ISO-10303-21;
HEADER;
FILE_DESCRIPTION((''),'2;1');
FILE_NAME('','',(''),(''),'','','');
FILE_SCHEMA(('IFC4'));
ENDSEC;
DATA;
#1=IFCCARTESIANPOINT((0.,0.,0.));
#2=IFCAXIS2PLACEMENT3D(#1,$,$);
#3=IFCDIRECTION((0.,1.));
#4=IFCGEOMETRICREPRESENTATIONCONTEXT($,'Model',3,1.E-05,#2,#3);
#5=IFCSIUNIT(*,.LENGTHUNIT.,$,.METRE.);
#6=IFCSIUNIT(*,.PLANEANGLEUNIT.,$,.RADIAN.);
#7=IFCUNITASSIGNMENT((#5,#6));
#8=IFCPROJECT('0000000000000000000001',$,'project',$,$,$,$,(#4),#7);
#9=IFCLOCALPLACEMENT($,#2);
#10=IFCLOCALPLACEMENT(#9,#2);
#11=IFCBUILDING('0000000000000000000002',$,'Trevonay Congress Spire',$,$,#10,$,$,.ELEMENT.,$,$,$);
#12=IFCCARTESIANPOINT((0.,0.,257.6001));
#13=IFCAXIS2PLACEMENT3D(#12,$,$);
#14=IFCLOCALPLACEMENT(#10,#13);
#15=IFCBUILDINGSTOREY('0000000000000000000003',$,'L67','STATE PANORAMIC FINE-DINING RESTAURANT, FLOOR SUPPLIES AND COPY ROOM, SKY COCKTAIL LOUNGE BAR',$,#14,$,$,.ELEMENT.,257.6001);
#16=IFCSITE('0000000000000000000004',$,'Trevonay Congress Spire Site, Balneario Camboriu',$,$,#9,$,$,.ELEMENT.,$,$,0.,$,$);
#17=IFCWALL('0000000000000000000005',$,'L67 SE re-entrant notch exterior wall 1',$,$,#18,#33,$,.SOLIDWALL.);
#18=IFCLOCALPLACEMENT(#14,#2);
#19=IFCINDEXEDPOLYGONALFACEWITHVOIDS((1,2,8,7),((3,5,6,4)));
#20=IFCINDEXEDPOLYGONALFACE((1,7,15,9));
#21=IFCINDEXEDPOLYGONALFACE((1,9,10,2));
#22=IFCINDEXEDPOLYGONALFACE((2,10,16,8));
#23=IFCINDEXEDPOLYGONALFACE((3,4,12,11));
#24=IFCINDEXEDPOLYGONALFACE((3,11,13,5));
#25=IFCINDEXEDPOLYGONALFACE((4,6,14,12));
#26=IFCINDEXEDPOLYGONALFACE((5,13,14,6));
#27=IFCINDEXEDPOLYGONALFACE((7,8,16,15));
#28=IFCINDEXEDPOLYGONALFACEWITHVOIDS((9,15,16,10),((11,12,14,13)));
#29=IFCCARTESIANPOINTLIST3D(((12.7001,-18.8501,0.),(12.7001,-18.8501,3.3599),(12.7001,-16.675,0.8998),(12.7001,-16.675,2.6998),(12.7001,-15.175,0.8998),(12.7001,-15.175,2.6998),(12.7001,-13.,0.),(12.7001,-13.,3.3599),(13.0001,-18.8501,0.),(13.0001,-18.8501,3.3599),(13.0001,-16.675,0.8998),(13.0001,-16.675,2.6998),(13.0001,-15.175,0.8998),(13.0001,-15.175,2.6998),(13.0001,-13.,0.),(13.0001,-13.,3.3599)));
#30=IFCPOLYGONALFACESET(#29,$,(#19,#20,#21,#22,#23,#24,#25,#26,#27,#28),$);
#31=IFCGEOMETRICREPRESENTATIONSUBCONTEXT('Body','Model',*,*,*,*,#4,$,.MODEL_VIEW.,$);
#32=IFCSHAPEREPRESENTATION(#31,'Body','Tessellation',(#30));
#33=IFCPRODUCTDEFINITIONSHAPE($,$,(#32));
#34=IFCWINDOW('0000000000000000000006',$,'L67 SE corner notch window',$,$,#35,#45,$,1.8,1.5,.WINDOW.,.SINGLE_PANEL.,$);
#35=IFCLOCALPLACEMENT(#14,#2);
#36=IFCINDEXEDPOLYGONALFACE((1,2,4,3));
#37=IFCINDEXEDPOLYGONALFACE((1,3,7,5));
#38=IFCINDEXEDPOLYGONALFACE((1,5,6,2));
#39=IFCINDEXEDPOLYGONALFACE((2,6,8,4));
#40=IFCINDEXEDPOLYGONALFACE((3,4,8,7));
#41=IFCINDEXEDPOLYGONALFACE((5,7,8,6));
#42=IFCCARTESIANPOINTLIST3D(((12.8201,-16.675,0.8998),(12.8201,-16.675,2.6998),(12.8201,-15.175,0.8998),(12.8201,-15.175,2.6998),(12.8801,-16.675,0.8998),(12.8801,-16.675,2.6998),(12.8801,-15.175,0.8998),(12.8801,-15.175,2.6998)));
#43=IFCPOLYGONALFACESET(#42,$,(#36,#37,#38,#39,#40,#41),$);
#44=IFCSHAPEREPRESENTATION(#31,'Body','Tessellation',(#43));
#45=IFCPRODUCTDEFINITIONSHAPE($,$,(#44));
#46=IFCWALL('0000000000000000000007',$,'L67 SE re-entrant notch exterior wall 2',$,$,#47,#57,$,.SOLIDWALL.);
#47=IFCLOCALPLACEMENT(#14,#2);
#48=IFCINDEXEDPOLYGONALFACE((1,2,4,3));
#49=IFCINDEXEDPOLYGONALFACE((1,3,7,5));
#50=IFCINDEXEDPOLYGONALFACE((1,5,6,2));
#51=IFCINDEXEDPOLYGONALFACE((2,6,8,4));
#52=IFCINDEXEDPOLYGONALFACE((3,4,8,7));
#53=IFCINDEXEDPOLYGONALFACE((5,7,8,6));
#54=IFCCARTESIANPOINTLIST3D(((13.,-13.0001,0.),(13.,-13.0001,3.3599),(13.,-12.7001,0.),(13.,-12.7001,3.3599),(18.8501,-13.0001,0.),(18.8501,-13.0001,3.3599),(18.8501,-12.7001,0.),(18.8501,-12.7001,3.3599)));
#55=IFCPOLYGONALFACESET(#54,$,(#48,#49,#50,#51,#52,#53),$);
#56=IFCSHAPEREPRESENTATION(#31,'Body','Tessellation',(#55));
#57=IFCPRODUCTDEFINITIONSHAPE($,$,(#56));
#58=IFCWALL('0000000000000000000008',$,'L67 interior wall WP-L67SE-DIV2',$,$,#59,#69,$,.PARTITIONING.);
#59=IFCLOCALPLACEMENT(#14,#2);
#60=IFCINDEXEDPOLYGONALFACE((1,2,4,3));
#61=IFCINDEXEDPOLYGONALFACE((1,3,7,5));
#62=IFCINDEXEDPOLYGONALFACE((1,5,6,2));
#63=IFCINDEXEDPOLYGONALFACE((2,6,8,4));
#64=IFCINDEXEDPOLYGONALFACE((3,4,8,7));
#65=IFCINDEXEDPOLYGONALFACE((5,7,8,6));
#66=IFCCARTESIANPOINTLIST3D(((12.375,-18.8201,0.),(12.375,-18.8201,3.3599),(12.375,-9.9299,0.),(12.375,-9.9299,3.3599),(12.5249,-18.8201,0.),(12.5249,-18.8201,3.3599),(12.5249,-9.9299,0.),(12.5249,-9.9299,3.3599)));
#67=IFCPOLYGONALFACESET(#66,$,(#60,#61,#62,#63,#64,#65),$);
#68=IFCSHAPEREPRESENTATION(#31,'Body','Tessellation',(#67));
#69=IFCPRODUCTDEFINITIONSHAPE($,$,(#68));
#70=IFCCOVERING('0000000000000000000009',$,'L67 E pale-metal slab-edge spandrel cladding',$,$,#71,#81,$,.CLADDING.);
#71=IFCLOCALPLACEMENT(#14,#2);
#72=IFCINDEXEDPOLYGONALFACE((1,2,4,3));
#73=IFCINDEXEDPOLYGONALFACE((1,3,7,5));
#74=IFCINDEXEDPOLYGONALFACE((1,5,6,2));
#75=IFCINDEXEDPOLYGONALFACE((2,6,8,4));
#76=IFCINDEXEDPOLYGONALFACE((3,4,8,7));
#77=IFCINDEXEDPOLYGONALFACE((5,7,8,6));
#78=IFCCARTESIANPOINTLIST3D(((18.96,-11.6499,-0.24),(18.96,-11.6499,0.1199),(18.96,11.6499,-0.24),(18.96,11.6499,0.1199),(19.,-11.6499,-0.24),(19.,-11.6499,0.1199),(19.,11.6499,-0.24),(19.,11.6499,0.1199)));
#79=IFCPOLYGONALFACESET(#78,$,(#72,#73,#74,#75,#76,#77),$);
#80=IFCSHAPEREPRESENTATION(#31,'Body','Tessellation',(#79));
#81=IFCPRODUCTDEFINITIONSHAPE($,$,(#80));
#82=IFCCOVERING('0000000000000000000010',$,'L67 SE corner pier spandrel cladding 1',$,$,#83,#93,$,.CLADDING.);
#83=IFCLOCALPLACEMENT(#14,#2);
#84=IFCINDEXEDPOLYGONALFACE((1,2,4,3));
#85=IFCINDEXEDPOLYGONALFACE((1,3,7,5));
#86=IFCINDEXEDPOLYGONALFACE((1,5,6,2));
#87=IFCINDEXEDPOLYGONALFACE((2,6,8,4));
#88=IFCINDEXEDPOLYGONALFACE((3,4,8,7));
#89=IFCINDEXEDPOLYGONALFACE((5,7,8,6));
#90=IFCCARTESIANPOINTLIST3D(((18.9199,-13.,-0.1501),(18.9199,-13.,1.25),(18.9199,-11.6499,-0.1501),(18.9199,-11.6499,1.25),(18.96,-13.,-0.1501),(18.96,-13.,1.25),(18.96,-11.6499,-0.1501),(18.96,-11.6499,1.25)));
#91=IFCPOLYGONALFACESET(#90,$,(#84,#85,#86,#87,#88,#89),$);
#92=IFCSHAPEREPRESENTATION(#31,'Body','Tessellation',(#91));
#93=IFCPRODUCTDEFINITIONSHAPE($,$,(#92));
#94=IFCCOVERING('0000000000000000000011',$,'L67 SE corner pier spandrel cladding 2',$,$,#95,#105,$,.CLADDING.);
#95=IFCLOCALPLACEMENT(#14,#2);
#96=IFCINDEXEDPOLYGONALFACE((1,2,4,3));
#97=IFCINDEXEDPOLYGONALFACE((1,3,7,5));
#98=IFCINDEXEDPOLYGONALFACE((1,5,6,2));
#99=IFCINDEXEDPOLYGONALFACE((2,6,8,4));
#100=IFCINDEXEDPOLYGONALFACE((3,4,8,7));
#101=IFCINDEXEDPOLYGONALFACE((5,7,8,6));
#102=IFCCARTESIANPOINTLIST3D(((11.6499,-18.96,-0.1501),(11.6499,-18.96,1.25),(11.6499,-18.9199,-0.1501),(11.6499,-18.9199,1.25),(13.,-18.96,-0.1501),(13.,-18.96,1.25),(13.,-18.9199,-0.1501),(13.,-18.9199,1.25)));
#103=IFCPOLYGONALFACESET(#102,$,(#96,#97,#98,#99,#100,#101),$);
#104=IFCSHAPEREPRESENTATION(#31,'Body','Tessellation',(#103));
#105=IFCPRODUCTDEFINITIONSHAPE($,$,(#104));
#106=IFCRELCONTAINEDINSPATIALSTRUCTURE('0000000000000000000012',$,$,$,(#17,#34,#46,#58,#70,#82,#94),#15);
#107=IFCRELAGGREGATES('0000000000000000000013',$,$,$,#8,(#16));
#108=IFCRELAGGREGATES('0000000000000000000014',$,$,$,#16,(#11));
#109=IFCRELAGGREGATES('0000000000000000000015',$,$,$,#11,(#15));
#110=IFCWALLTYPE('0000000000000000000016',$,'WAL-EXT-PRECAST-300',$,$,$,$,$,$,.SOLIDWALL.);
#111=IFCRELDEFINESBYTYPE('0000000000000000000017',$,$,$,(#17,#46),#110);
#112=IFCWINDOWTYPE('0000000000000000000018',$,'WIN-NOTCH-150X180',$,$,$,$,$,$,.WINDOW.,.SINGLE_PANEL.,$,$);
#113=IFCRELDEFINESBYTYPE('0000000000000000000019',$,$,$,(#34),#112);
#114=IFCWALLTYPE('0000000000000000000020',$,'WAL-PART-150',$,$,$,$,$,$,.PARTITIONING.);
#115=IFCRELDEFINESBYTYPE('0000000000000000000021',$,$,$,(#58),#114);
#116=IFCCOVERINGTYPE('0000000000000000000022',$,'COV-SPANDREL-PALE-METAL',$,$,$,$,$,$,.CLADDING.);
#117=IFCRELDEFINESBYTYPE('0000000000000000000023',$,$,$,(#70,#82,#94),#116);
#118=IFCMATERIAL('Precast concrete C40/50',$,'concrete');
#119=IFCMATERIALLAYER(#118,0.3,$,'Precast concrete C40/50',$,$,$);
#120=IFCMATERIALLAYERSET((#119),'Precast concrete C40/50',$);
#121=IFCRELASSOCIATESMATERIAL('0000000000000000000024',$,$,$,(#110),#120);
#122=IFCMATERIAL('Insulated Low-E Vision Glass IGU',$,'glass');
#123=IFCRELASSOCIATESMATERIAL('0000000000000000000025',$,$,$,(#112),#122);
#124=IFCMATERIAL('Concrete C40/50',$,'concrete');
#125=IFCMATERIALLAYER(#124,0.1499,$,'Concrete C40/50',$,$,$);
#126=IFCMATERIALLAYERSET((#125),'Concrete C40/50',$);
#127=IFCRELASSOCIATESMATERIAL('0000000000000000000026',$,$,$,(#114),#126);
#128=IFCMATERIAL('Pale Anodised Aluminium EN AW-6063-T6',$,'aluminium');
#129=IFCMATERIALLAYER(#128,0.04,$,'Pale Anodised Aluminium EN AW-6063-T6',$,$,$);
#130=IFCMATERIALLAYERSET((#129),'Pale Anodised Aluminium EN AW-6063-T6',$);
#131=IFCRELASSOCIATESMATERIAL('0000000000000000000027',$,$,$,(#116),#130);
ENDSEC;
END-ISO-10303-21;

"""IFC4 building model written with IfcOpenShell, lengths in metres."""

from ifc_helpers import new_model, si_unit, direction, frame, frame_2d, origin, place, context, subcontext, project, spatial, rectangle, extrude, material, layer, layer_set, type_object, element, fill, save


model = new_model("IFC4")

# Units and contexts
model_context = context("Model", 3, precision=1e-05, world=origin(), true_north=direction((0.0, 1.0)))
body_context = subcontext(model_context, "Body", "Model", "MODEL_VIEW")
ifc_project = project(units=[si_unit("LENGTHUNIT", "METRE"), si_unit("PLANEANGLEUNIT", "RADIAN")], contexts=[model_context])

# Site, building, storey
site_placement = place(None, origin())
site = spatial("IfcSite", under=ifc_project, at=site_placement, Name="Trevonay Congress Spire Site, Balneario Camboriu", CompositionType="ELEMENT", RefElevation=0.0)
building_placement = place(site_placement, origin())
building = spatial("IfcBuilding", under=site, at=building_placement, Name="Trevonay Congress Spire", CompositionType="ELEMENT")
storey_placement = place(building_placement, frame((0.0, 0.0, 257.6001)))
storey = spatial("IfcBuildingStorey", under=building, at=storey_placement, Name="L67", Description="STATE PANORAMIC FINE-DINING RESTAURANT, FLOOR SUPPLIES AND COPY ROOM, SKY COCKTAIL LOUNGE BAR", CompositionType="ELEMENT", Elevation=257.6001)

# Shared definitions
ifc_material_1 = material(Name="Precast concrete C40/50", Category="concrete")
ifc_layer_1 = layer(ifc_material_1, 0.3, Name="Precast concrete C40/50")
ifc_layer_set_1 = layer_set([ifc_layer_1], Name="Precast concrete C40/50")
wall_type_1 = type_object("IfcWallType", Name="WAL-EXT-PRECAST-300", PredefinedType="SOLIDWALL", material=ifc_layer_set_1)

# Wall, opening, window
wall_1_placement = place(storey_placement, frame((12.8501, -18.8501, 0.0), z_axis=(0.0, 0.0, 1.0), x_axis=(0.0, 1.0, 0.0)))
wall_1 = element("IfcWall", 1, at=wall_1_placement, inside=storey, type_object=wall_type_1, Name="L67 SE re-entrant notch exterior wall 1", PredefinedType="SOLIDWALL", context=body_context, shape_type="SweptSolid", body=[
    extrude(rectangle(XDim=5.8501, YDim=0.3, at=frame_2d((2.925, 0.0))), origin(), (0.0, 0.0, 1.0), 3.3599),
])
opening_placement = place(wall_1_placement, frame((2.175, 0.0, 0.8999)))
opening = element("IfcOpeningElement", 2, at=opening_placement, cuts=wall_1, PredefinedType="OPENING", context=body_context, shape_type="SweptSolid", body=[
    extrude(rectangle(XDim=1.5, YDim=1.8, at=frame_2d((0.75, 0.8999))), frame((0.0, 0.1602, 0.0), z_axis=(0.0, -1.0, 0.0), x_axis=(1.0, 0.0, 0.0)), (0.0, 0.0, 1.0), 0.3201),
])
ifc_material_2 = material(Name="Insulated Low-E Vision Glass IGU", Category="glass")
window_type = type_object("IfcWindowType", Name="WIN-NOTCH-150X180", PartitioningType="SINGLE_PANEL", PredefinedType="WINDOW", material=ifc_material_2)
window_placement = place(opening_placement, origin())
window = element("IfcWindow", 3, at=window_placement, inside=storey, type_object=window_type, Name="L67 SE corner notch window", OverallHeight=1.8, OverallWidth=1.5, PartitioningType="SINGLE_PANEL", PredefinedType="WINDOW", context=body_context, shape_type="SweptSolid", body=[
    extrude(rectangle(XDim=1.5, YDim=1.8, at=frame_2d((0.75, 0.8999))), frame((0.0, 0.03, 0.0), z_axis=(0.0, -1.0, 0.0), x_axis=(1.0, 0.0, 0.0)), (0.0, 0.0, 1.0), 0.0601),
])
fill(opening, window)

# Walls
wall_2_placement = place(storey_placement, frame((18.8501, -12.8501, 0.0), z_axis=(0.0, 0.0, 1.0), x_axis=(-1.0, 0.0, 0.0)))
element("IfcWall", 4, at=wall_2_placement, inside=storey, type_object=wall_type_1, Name="L67 SE re-entrant notch exterior wall 2", PredefinedType="SOLIDWALL", context=body_context, shape_type="SweptSolid", body=[
    extrude(rectangle(XDim=5.8501, YDim=0.3, at=frame_2d((2.925, 0.0))), origin(), (0.0, 0.0, 1.0), 3.3599),
])
ifc_material_3 = material(Name="Concrete C40/50", Category="concrete")
ifc_layer_2 = layer(ifc_material_3, 0.1499, Name="Concrete C40/50")
ifc_layer_set_2 = layer_set([ifc_layer_2], Name="Concrete C40/50")
wall_type_2 = type_object("IfcWallType", Name="WAL-PART-150", PredefinedType="PARTITIONING", material=ifc_layer_set_2)
wall_3_placement = place(storey_placement, frame((12.45, -18.8201, 0.0), z_axis=(0.0, 0.0, 1.0), x_axis=(0.0, 1.0, 0.0)))
element("IfcWall", 5, at=wall_3_placement, inside=storey, type_object=wall_type_2, Name="L67 interior wall WP-L67SE-DIV2", PredefinedType="PARTITIONING", context=body_context, shape_type="SweptSolid", body=[
    extrude(rectangle(XDim=8.8901, YDim=0.1499, at=frame_2d((4.4451, 0.0))), origin(), (0.0, 0.0, 1.0), 3.3599),
])

# Coverings
ifc_material_4 = material(Name="Pale Anodised Aluminium EN AW-6063-T6", Category="aluminium")
ifc_layer_3 = layer(ifc_material_4, 0.04, Name="Pale Anodised Aluminium EN AW-6063-T6")
ifc_layer_set_3 = layer_set([ifc_layer_3], Name="Pale Anodised Aluminium EN AW-6063-T6")
covering_type = type_object("IfcCoveringType", Name="COV-SPANDREL-PALE-METAL", PredefinedType="CLADDING", material=ifc_layer_set_3)
covering_placement = place(storey_placement, frame((18.98, -11.6499, -0.24), z_axis=(0.0, 0.0, 1.0), x_axis=(0.0, 1.0, 0.0)))
element("IfcCovering", 6, at=covering_placement, inside=storey, type_object=covering_type, Name="L67 E pale-metal slab-edge spandrel cladding", PredefinedType="CLADDING", context=body_context, shape_type="SweptSolid", body=[
    extrude(rectangle(XDim=23.2998, YDim=0.04, at=frame_2d((11.6499, 0.0))), origin(), (0.0, 0.0, 1.0), 0.3599),
])
for number, where, z_axis, x_axis, name in (
    (7, (18.9399, -11.6499, -0.1501), (0.0, 0.0, 1.0), (0.0, -1.0, 0.0), "L67 SE corner pier spandrel cladding 1"),
    (8, (11.6499, -18.9399, -0.1501), (0.0, 0.0, 1.0), (1.0, 0.0, 0.0), "L67 SE corner pier spandrel cladding 2"),
):
    element("IfcCovering", number, at=place(storey_placement, frame(where, z_axis=z_axis, x_axis=x_axis)), inside=storey, type_object=covering_type, Name=name, PredefinedType="CLADDING", context=body_context, shape_type="SweptSolid", body=[
        extrude(rectangle(XDim=1.3501, YDim=0.04, at=frame_2d((0.675, 0.0))), origin(), (0.0, 0.0, 1.0), 1.4001),
    ])

save(model, "model.ifc")
